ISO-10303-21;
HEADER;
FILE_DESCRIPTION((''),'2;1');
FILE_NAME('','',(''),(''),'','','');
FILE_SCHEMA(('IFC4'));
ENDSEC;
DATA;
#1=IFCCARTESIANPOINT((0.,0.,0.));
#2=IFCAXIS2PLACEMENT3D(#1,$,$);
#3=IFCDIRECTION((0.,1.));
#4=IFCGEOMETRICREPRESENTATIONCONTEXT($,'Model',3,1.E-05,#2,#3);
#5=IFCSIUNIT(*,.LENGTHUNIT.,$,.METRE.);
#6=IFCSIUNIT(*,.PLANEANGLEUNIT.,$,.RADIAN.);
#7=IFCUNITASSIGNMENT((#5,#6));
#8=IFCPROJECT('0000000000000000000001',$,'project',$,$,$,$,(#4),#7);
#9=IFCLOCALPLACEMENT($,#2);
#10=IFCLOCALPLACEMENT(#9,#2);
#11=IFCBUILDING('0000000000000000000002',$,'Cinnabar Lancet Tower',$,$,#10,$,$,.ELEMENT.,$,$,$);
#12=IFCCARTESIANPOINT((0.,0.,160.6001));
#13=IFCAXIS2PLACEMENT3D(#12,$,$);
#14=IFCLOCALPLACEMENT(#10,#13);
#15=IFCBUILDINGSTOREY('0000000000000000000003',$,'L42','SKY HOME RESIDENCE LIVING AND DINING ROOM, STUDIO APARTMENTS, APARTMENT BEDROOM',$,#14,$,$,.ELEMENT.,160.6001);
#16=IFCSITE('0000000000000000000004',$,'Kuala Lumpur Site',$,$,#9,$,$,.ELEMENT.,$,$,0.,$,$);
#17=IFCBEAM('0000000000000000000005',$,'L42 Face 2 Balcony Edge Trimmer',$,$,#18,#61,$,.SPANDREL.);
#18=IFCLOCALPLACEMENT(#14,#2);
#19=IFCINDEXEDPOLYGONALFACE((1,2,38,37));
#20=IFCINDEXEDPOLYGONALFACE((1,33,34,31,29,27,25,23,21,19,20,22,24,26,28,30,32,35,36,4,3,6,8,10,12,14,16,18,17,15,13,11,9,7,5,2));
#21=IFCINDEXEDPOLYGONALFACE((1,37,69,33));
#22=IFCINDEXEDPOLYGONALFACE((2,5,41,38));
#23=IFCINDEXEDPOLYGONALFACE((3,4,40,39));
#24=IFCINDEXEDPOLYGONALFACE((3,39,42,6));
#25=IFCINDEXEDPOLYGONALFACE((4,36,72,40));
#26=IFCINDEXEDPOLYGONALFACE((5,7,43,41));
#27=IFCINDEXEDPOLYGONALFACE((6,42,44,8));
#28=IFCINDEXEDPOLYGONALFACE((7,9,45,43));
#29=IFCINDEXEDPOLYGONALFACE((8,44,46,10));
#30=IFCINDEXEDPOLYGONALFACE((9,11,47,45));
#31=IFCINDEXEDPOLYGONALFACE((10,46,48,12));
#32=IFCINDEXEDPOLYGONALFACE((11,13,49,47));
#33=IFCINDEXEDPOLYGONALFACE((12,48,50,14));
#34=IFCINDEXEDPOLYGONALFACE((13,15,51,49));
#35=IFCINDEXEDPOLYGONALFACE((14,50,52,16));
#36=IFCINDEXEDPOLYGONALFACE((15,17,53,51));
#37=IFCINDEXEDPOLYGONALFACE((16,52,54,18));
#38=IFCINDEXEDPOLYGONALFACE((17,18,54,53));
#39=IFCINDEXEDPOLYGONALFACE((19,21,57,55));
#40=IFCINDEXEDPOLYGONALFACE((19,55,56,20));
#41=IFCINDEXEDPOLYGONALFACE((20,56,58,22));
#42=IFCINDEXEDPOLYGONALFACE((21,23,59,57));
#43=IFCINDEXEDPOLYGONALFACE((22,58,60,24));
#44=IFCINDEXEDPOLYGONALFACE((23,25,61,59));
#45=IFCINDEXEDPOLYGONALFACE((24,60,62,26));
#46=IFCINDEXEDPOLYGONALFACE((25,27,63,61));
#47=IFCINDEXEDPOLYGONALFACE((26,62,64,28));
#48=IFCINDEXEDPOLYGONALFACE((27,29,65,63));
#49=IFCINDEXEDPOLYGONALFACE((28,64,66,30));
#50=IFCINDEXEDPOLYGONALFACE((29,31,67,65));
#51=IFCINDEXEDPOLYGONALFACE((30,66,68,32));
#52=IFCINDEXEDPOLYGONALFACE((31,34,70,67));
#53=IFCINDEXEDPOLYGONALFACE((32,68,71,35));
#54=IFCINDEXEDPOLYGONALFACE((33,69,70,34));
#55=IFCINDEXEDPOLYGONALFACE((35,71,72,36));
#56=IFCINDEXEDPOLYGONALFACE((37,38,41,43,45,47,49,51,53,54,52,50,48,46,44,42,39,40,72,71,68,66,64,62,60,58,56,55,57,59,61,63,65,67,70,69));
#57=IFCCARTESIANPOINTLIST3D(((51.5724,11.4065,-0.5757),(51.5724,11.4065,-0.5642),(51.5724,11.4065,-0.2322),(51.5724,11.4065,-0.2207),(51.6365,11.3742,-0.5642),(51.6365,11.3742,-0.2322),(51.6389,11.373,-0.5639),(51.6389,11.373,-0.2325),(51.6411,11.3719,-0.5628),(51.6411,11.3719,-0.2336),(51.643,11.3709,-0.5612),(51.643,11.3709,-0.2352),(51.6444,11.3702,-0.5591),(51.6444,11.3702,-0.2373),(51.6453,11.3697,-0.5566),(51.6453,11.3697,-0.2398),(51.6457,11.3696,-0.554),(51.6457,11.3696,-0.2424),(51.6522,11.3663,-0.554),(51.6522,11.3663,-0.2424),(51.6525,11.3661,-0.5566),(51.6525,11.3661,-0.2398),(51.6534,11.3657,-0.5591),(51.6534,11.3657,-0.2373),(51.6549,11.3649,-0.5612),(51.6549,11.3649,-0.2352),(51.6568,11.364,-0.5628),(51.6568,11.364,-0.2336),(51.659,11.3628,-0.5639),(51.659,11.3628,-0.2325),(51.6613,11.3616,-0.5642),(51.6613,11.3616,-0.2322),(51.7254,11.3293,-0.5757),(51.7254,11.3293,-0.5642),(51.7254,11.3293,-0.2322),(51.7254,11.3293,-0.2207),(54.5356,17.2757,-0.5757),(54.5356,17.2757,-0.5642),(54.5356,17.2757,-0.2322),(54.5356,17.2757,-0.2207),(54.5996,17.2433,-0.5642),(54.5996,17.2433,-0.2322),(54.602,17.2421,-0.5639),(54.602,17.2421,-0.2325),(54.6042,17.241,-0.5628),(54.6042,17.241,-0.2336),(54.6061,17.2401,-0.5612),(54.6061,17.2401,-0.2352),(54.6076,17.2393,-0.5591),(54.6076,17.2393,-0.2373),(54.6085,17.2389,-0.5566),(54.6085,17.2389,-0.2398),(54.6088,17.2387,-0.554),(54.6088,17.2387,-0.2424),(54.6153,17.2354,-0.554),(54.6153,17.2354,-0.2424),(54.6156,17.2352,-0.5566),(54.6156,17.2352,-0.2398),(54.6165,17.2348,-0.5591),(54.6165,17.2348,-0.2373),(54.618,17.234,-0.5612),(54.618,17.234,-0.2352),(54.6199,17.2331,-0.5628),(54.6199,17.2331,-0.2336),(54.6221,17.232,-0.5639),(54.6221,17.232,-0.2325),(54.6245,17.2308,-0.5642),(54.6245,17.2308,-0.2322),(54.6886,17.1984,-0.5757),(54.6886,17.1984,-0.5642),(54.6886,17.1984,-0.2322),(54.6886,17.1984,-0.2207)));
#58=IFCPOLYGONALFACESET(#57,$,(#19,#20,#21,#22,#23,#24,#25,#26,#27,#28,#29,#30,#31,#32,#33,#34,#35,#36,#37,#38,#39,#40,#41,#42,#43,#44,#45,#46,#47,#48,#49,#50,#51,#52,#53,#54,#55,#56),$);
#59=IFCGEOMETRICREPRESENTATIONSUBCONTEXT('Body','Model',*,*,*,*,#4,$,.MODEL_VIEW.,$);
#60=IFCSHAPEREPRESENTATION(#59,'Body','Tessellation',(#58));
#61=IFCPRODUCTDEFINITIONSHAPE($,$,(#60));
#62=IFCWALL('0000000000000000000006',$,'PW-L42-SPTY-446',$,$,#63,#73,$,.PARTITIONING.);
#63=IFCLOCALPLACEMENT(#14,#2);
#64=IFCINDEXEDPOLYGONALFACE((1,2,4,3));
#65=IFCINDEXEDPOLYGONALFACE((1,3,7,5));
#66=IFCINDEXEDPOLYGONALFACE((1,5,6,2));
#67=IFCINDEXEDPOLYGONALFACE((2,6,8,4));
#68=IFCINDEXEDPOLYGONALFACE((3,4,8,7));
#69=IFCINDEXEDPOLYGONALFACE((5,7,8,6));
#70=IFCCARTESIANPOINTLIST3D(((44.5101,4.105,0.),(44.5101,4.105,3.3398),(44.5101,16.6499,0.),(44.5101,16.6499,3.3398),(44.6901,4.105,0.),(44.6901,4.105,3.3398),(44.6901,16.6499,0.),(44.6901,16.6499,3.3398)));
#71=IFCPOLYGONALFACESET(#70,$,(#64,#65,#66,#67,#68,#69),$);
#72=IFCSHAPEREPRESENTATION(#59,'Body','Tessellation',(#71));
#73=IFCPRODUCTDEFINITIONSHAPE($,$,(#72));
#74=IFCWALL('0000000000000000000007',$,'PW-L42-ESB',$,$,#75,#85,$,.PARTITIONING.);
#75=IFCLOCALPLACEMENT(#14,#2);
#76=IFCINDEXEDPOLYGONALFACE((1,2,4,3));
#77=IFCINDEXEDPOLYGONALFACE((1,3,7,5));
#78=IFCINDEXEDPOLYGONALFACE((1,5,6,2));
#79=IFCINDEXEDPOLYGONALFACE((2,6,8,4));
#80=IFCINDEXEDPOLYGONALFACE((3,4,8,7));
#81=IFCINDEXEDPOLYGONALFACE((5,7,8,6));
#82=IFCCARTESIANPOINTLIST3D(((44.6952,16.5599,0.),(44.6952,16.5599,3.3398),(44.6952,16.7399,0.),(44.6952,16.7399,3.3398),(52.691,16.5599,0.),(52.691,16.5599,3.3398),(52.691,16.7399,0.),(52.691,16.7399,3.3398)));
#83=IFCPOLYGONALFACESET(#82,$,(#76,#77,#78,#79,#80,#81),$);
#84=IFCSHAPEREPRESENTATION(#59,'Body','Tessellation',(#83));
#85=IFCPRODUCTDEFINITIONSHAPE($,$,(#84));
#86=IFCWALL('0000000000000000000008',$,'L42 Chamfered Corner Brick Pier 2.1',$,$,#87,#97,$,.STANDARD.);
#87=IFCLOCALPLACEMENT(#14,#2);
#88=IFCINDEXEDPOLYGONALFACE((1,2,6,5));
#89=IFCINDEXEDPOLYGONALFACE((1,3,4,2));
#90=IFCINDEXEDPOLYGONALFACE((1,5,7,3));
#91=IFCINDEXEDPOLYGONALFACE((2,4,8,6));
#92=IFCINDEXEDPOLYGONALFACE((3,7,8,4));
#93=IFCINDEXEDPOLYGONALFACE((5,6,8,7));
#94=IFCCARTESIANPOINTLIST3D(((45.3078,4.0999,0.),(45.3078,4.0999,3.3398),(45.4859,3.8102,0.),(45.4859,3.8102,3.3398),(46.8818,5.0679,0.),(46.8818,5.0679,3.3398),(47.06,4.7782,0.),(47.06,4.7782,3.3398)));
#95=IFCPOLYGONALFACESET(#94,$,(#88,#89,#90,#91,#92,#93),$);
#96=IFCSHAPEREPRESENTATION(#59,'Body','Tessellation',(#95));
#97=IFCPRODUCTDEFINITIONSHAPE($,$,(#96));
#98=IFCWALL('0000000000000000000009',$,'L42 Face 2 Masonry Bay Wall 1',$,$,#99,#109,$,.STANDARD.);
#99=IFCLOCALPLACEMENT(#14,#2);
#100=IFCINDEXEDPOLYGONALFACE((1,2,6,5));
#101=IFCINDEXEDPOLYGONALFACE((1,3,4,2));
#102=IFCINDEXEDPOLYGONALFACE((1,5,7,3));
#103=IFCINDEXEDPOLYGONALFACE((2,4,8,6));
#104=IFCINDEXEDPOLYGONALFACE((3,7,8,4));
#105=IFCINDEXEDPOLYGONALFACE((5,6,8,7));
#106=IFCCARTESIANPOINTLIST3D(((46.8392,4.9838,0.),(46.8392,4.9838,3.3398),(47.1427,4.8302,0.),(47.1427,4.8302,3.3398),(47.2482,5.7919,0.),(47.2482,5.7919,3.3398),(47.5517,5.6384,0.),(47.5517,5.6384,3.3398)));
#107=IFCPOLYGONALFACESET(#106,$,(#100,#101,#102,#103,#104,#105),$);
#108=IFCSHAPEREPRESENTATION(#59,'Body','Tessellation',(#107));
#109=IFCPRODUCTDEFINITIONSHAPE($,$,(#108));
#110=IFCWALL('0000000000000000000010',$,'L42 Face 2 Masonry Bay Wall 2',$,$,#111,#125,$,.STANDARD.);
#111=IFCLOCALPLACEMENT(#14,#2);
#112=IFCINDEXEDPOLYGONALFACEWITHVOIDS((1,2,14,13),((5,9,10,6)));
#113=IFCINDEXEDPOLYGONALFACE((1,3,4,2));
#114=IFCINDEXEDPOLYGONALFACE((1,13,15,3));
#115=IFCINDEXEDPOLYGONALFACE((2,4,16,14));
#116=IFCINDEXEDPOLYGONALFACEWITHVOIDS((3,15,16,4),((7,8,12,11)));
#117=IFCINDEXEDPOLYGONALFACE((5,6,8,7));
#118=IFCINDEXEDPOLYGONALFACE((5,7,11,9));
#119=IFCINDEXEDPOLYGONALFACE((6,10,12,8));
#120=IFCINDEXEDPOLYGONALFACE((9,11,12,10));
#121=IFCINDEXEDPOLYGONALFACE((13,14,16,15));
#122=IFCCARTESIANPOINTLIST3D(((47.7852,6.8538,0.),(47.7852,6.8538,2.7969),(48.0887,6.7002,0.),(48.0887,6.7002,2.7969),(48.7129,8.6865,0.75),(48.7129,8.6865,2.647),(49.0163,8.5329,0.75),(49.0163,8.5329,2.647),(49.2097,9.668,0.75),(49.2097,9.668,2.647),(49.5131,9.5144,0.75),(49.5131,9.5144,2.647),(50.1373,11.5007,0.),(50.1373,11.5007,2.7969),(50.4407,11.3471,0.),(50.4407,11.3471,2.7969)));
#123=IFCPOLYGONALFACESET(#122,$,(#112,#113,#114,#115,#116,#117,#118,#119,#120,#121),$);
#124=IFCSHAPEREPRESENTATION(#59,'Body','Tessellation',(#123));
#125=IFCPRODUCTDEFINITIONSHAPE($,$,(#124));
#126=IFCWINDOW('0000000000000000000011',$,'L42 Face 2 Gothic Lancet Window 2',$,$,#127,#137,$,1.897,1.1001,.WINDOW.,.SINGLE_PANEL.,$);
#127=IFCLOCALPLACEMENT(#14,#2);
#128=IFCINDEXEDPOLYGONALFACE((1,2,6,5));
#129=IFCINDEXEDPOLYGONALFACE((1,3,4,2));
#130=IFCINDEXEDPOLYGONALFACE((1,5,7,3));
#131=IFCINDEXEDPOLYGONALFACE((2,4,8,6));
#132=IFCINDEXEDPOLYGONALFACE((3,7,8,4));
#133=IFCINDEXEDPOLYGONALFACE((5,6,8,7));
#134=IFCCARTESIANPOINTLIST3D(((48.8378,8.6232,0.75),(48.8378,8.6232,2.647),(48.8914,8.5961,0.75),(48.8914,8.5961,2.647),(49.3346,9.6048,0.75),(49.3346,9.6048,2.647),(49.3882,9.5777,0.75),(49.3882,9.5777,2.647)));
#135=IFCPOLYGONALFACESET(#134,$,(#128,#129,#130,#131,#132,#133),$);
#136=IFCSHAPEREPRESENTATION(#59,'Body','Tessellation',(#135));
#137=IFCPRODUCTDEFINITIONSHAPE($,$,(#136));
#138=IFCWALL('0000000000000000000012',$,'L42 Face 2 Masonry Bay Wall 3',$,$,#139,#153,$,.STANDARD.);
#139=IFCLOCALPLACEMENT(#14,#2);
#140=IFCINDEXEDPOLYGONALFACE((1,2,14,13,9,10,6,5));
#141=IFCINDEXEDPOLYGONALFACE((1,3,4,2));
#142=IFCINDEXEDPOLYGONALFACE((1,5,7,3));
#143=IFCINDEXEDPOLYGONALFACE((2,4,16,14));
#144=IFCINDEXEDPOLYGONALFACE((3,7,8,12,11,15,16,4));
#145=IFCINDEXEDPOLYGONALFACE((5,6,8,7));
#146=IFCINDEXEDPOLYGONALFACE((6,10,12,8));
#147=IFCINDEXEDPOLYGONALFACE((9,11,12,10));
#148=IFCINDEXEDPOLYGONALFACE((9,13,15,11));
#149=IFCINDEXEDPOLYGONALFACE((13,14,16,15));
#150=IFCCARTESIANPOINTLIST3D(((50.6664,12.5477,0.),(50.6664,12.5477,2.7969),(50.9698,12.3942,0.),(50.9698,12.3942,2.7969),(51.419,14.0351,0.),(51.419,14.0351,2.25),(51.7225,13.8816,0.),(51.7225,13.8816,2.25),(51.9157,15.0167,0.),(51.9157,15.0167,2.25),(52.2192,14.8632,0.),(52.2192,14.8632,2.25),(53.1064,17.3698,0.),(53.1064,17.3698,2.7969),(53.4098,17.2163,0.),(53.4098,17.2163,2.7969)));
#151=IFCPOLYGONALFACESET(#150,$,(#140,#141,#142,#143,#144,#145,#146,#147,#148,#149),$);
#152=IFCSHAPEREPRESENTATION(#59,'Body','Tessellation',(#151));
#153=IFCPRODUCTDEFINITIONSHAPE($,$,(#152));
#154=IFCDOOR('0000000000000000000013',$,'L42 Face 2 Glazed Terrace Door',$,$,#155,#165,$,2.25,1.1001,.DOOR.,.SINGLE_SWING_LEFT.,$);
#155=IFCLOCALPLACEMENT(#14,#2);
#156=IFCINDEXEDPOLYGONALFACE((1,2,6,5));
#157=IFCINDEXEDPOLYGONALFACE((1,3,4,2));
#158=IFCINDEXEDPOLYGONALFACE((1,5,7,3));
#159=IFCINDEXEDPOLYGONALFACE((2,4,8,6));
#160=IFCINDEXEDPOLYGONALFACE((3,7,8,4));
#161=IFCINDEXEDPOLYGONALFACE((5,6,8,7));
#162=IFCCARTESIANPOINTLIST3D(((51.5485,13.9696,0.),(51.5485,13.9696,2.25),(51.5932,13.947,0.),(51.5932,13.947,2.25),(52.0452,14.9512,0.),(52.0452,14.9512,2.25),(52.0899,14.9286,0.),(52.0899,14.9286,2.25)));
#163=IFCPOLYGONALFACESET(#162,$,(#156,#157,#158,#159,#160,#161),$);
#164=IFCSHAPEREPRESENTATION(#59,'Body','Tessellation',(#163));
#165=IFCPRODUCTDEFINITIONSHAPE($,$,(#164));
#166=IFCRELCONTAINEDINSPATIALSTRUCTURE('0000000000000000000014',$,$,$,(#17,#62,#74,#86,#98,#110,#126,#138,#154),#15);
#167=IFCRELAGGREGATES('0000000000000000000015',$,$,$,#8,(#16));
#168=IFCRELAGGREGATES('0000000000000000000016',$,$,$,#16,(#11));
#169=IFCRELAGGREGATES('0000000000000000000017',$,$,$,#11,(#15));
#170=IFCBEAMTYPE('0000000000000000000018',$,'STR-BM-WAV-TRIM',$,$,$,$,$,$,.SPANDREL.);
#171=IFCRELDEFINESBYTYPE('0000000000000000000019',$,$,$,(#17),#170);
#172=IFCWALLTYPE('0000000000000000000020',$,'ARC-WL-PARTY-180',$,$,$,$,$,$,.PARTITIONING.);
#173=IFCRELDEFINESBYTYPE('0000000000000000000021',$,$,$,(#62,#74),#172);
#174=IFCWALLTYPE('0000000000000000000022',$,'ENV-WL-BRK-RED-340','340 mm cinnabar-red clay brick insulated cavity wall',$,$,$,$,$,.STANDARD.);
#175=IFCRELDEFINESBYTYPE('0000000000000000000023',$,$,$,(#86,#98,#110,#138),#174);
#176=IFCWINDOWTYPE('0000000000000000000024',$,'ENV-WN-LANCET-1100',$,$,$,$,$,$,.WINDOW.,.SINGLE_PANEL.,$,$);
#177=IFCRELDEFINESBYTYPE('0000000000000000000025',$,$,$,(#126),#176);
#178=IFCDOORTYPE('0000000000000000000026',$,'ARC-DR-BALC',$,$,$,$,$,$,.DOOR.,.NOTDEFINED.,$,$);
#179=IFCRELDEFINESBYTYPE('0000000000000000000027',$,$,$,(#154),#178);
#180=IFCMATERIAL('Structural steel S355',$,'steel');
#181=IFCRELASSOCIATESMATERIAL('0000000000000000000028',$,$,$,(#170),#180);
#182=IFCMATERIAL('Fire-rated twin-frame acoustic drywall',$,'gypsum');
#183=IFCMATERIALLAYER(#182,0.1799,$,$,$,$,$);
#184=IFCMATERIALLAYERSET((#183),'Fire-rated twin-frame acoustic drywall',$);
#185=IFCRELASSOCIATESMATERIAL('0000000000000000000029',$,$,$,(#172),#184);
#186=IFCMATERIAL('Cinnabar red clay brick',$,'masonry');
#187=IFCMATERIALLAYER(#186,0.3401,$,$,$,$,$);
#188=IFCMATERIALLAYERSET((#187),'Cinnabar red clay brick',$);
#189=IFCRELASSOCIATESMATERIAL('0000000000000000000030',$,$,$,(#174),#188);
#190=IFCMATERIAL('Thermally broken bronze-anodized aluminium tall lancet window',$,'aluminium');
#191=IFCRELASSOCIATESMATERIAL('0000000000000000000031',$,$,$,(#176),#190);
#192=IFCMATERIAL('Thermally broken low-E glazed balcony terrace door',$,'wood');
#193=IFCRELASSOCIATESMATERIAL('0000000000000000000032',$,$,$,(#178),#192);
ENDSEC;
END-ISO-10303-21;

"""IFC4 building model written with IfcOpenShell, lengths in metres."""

from ifc_helpers import new_model, si_unit, direction, frame, frame_2d, origin, origin_2d, place, context, subcontext, project, spatial, rectangle, i_section, extrude, material, layer, layer_set, material_profile, profile_set, type_object, element, fill, save


model = new_model("IFC4")

# Units and contexts
model_context = context("Model", 3, precision=1e-05, world=origin(), true_north=direction((0.0, 1.0)))
body_context = subcontext(model_context, "Body", "Model", "MODEL_VIEW")
ifc_project = project(units=[si_unit("LENGTHUNIT", "METRE"), si_unit("PLANEANGLEUNIT", "RADIAN")], contexts=[model_context])

# Site, building, storey
site_placement = place(None, origin())
site = spatial("IfcSite", under=ifc_project, at=site_placement, Name="Kuala Lumpur Site", CompositionType="ELEMENT", RefElevation=0.0)
building_placement = place(site_placement, origin())
building = spatial("IfcBuilding", under=site, at=building_placement, Name="Cinnabar Lancet Tower", CompositionType="ELEMENT")
storey_placement = place(building_placement, frame((0.0, 0.0, 160.6001)))
storey = spatial("IfcBuildingStorey", under=building, at=storey_placement, Name="L42", Description="SKY HOME RESIDENCE LIVING AND DINING ROOM, STUDIO APARTMENTS, APARTMENT BEDROOM", CompositionType="ELEMENT", Elevation=160.6001)

# Beam
ifc_material_1 = material(Name="Structural steel S355", Category="steel")
ifc_material_profile_1 = material_profile(ifc_material_1, i_section(OverallWidth=0.1714, OverallDepth=0.355, WebThickness=0.0073, FlangeThickness=0.0115, FilletRadius=0.0103, at=origin_2d()), Name="UKB 356x171x51")
ifc_profile_set_1 = profile_set([ifc_material_profile_1], Name="Structural steel S355")
beam_type_1 = type_object("IfcBeamType", Name="STR-BM-WAV-TRIM", PredefinedType="SPANDREL", material=ifc_profile_set_1)
beam_1_placement = place(storey_placement, frame((51.6489, 11.3679, -0.3982), z_axis=(0.450686, 0.892683, 0.0), x_axis=(-0.892683, 0.450686, 0.0)))
element("IfcBeam", 1, at=beam_1_placement, inside=storey, type_object=beam_type_1, Name="L42 Face 2 Balcony Edge Trimmer", PredefinedType="SPANDREL", context=body_context, shape_type="SweptSolid", body=[
    extrude(i_section(OverallWidth=0.1714, OverallDepth=0.355, WebThickness=0.0073, FlangeThickness=0.0115, FilletRadius=0.0103, at=origin_2d()), origin(), (0.0, 0.0, 1.0), 6.5747),
])

# Walls
ifc_material_2 = material(Name="Fire-rated twin-frame acoustic drywall", Category="gypsum")
ifc_layer_1 = layer(ifc_material_2, 0.1799)
ifc_layer_set_1 = layer_set([ifc_layer_1], Name="Fire-rated twin-frame acoustic drywall")
wall_type_1 = type_object("IfcWallType", Name="ARC-WL-PARTY-180", PredefinedType="PARTITIONING", material=ifc_layer_set_1)
wall_1_placement = place(storey_placement, frame((44.6001, 4.105, 0.0), z_axis=(0.0, 0.0, 1.0), x_axis=(0.0, 1.0, 0.0)))
element("IfcWall", 2, at=wall_1_placement, inside=storey, type_object=wall_type_1, Name="PW-L42-SPTY-446", PredefinedType="PARTITIONING", context=body_context, shape_type="SweptSolid", body=[
    extrude(rectangle(XDim=12.5449, YDim=0.1799, at=frame_2d((6.2725, 0.0))), origin(), (0.0, 0.0, 1.0), 3.3398),
])
wall_2_placement = place(storey_placement, frame((44.6951, 16.6499, 0.0), z_axis=(0.0, 0.0, 1.0), x_axis=(1.0, 0.0, 0.0)))
element("IfcWall", 3, at=wall_2_placement, inside=storey, type_object=wall_type_1, Name="PW-L42-ESB", PredefinedType="PARTITIONING", context=body_context, shape_type="SweptSolid", body=[
    extrude(rectangle(XDim=7.9958, YDim=0.1799, at=frame_2d((3.998, 0.0))), origin(), (0.0, 0.0, 1.0), 3.3398),
])
ifc_material_3 = material(Name="Cinnabar red clay brick", Category="masonry")
ifc_layer_2 = layer(ifc_material_3, 0.3401)
ifc_layer_set_2 = layer_set([ifc_layer_2], Name="Cinnabar red clay brick")
wall_type_2 = type_object("IfcWallType", Name="ENV-WL-BRK-RED-340", Description="340 mm cinnabar-red clay brick insulated cavity wall", PredefinedType="STANDARD", material=ifc_layer_set_2)
wall_3_placement = place(storey_placement, frame((45.397, 3.9551, 0.0), z_axis=(0.0, 0.0, 1.0), x_axis=(0.851799, 0.523869, 0.0)))
element("IfcWall", 4, at=wall_3_placement, inside=storey, type_object=wall_type_2, Name="L42 Chamfered Corner Brick Pier 2.1", PredefinedType="STANDARD", context=body_context, shape_type="SweptSolid", body=[
    extrude(rectangle(XDim=1.8479, YDim=0.3401, at=frame_2d((0.9238, 0.0))), origin(), (0.0, 0.0, 1.0), 3.3398),
])
wall_4_placement = place(storey_placement, frame((46.991, 4.907, 0.0), z_axis=(0.0, 0.0, 1.0), x_axis=(0.451521, 0.89226, 0.0)))
element("IfcWall", 5, at=wall_4_placement, inside=storey, type_object=wall_type_2, Name="L42 Face 2 Masonry Bay Wall 1", PredefinedType="STANDARD", context=body_context, shape_type="SweptSolid", body=[
    extrude(rectangle(XDim=0.9058, YDim=0.3401, at=frame_2d((0.4529, 0.0))), origin(), (0.0, 0.0, 1.0), 3.3398),
])

# Wall, opening, window
wall_5_placement = place(storey_placement, frame((47.937, 6.7771, 0.0), z_axis=(0.0, 0.0, 1.0), x_axis=(0.451596, 0.892223, 0.0)))
wall_5 = element("IfcWall", 6, at=wall_5_placement, inside=storey, type_object=wall_type_2, Name="L42 Face 2 Masonry Bay Wall 2", PredefinedType="STANDARD", context=body_context, shape_type="SweptSolid", body=[
    extrude(rectangle(XDim=5.2083, YDim=0.3401, at=frame_2d((2.604, 0.0))), origin(), (0.0, 0.0, 1.0), 2.7969),
])
opening_1_placement = place(wall_5_placement, frame((2.054, 0.0, 0.75)))
opening_1 = element("IfcOpeningElement", 7, at=opening_1_placement, cuts=wall_5, PredefinedType="OPENING", context=body_context, shape_type="SweptSolid", body=[
    extrude(rectangle(XDim=1.1001, YDim=1.897, at=frame_2d((0.55, 0.9485))), frame((0.0, 0.1799, 0.0), z_axis=(0.0, -1.0, 0.0), x_axis=(1.0, 0.0, 0.0)), (0.0, 0.0, 1.0), 0.3601),
])
ifc_material_4 = material(Name="Thermally broken bronze-anodized aluminium tall lancet window", Category="aluminium")
window_type = type_object("IfcWindowType", Name="ENV-WN-LANCET-1100", PartitioningType="SINGLE_PANEL", PredefinedType="WINDOW", material=ifc_material_4)
window_placement = place(opening_1_placement, origin())
window = element("IfcWindow", 8, at=window_placement, inside=storey, type_object=window_type, Name="L42 Face 2 Gothic Lancet Window 2", OverallHeight=1.897, OverallWidth=1.1001, PartitioningType="SINGLE_PANEL", PredefinedType="WINDOW", context=body_context, shape_type="SweptSolid", body=[
    extrude(rectangle(XDim=1.1001, YDim=1.897, at=frame_2d((0.55, 0.9485))), frame((0.0, 0.03, 0.0), z_axis=(0.0, -1.0, 0.0), x_axis=(1.0, 0.0, 0.0)), (0.0, 0.0, 1.0), 0.0601),
])
fill(opening_1, window)

# Wall, opening, door
wall_6_placement = place(storey_placement, frame((50.8181, 12.4709, 0.0), z_axis=(0.0, 0.0, 1.0), x_axis=(0.451491, 0.892276, 0.0)))
wall_6 = element("IfcWall", 9, at=wall_6_placement, inside=storey, type_object=wall_type_2, Name="L42 Face 2 Masonry Bay Wall 3", PredefinedType="STANDARD", context=body_context, shape_type="SweptSolid", body=[
    extrude(rectangle(XDim=5.4043, YDim=0.3401, at=frame_2d((2.7021, 0.0))), origin(), (0.0, 0.0, 1.0), 2.7969),
])
opening_2_placement = place(wall_6_placement, frame((1.667, 0.0, 0.0)))
opening_2 = element("IfcOpeningElement", 10, at=opening_2_placement, cuts=wall_6, PredefinedType="OPENING", context=body_context, shape_type="SweptSolid", body=[
    extrude(rectangle(XDim=1.1001, YDim=2.25, at=frame_2d((0.55, 1.125))), frame((0.0, 0.1799, 0.0), z_axis=(0.0, -1.0, 0.0), x_axis=(1.0, 0.0, 0.0)), (0.0, 0.0, 1.0), 0.3601),
])
ifc_material_5 = material(Name="Thermally broken low-E glazed balcony terrace door", Category="wood")
door_type = type_object("IfcDoorType", Name="ARC-DR-BALC", OperationType="NOTDEFINED", PredefinedType="DOOR", material=ifc_material_5)
door_placement = place(opening_2_placement, origin())
door = element("IfcDoor", 11, at=door_placement, inside=storey, type_object=door_type, Name="L42 Face 2 Glazed Terrace Door", OperationType="SINGLE_SWING_LEFT", OverallHeight=2.25, OverallWidth=1.1001, PredefinedType="DOOR", context=body_context, shape_type="SweptSolid", body=[
    extrude(rectangle(XDim=1.1001, YDim=2.25, at=frame_2d((0.55, 1.125))), frame((0.0, 0.0249, 0.0), z_axis=(0.0, -1.0, 0.0), x_axis=(1.0, 0.0, 0.0)), (0.0, 0.0, 1.0), 0.05),
])
fill(opening_2, door)

save(model, "model.ifc")
